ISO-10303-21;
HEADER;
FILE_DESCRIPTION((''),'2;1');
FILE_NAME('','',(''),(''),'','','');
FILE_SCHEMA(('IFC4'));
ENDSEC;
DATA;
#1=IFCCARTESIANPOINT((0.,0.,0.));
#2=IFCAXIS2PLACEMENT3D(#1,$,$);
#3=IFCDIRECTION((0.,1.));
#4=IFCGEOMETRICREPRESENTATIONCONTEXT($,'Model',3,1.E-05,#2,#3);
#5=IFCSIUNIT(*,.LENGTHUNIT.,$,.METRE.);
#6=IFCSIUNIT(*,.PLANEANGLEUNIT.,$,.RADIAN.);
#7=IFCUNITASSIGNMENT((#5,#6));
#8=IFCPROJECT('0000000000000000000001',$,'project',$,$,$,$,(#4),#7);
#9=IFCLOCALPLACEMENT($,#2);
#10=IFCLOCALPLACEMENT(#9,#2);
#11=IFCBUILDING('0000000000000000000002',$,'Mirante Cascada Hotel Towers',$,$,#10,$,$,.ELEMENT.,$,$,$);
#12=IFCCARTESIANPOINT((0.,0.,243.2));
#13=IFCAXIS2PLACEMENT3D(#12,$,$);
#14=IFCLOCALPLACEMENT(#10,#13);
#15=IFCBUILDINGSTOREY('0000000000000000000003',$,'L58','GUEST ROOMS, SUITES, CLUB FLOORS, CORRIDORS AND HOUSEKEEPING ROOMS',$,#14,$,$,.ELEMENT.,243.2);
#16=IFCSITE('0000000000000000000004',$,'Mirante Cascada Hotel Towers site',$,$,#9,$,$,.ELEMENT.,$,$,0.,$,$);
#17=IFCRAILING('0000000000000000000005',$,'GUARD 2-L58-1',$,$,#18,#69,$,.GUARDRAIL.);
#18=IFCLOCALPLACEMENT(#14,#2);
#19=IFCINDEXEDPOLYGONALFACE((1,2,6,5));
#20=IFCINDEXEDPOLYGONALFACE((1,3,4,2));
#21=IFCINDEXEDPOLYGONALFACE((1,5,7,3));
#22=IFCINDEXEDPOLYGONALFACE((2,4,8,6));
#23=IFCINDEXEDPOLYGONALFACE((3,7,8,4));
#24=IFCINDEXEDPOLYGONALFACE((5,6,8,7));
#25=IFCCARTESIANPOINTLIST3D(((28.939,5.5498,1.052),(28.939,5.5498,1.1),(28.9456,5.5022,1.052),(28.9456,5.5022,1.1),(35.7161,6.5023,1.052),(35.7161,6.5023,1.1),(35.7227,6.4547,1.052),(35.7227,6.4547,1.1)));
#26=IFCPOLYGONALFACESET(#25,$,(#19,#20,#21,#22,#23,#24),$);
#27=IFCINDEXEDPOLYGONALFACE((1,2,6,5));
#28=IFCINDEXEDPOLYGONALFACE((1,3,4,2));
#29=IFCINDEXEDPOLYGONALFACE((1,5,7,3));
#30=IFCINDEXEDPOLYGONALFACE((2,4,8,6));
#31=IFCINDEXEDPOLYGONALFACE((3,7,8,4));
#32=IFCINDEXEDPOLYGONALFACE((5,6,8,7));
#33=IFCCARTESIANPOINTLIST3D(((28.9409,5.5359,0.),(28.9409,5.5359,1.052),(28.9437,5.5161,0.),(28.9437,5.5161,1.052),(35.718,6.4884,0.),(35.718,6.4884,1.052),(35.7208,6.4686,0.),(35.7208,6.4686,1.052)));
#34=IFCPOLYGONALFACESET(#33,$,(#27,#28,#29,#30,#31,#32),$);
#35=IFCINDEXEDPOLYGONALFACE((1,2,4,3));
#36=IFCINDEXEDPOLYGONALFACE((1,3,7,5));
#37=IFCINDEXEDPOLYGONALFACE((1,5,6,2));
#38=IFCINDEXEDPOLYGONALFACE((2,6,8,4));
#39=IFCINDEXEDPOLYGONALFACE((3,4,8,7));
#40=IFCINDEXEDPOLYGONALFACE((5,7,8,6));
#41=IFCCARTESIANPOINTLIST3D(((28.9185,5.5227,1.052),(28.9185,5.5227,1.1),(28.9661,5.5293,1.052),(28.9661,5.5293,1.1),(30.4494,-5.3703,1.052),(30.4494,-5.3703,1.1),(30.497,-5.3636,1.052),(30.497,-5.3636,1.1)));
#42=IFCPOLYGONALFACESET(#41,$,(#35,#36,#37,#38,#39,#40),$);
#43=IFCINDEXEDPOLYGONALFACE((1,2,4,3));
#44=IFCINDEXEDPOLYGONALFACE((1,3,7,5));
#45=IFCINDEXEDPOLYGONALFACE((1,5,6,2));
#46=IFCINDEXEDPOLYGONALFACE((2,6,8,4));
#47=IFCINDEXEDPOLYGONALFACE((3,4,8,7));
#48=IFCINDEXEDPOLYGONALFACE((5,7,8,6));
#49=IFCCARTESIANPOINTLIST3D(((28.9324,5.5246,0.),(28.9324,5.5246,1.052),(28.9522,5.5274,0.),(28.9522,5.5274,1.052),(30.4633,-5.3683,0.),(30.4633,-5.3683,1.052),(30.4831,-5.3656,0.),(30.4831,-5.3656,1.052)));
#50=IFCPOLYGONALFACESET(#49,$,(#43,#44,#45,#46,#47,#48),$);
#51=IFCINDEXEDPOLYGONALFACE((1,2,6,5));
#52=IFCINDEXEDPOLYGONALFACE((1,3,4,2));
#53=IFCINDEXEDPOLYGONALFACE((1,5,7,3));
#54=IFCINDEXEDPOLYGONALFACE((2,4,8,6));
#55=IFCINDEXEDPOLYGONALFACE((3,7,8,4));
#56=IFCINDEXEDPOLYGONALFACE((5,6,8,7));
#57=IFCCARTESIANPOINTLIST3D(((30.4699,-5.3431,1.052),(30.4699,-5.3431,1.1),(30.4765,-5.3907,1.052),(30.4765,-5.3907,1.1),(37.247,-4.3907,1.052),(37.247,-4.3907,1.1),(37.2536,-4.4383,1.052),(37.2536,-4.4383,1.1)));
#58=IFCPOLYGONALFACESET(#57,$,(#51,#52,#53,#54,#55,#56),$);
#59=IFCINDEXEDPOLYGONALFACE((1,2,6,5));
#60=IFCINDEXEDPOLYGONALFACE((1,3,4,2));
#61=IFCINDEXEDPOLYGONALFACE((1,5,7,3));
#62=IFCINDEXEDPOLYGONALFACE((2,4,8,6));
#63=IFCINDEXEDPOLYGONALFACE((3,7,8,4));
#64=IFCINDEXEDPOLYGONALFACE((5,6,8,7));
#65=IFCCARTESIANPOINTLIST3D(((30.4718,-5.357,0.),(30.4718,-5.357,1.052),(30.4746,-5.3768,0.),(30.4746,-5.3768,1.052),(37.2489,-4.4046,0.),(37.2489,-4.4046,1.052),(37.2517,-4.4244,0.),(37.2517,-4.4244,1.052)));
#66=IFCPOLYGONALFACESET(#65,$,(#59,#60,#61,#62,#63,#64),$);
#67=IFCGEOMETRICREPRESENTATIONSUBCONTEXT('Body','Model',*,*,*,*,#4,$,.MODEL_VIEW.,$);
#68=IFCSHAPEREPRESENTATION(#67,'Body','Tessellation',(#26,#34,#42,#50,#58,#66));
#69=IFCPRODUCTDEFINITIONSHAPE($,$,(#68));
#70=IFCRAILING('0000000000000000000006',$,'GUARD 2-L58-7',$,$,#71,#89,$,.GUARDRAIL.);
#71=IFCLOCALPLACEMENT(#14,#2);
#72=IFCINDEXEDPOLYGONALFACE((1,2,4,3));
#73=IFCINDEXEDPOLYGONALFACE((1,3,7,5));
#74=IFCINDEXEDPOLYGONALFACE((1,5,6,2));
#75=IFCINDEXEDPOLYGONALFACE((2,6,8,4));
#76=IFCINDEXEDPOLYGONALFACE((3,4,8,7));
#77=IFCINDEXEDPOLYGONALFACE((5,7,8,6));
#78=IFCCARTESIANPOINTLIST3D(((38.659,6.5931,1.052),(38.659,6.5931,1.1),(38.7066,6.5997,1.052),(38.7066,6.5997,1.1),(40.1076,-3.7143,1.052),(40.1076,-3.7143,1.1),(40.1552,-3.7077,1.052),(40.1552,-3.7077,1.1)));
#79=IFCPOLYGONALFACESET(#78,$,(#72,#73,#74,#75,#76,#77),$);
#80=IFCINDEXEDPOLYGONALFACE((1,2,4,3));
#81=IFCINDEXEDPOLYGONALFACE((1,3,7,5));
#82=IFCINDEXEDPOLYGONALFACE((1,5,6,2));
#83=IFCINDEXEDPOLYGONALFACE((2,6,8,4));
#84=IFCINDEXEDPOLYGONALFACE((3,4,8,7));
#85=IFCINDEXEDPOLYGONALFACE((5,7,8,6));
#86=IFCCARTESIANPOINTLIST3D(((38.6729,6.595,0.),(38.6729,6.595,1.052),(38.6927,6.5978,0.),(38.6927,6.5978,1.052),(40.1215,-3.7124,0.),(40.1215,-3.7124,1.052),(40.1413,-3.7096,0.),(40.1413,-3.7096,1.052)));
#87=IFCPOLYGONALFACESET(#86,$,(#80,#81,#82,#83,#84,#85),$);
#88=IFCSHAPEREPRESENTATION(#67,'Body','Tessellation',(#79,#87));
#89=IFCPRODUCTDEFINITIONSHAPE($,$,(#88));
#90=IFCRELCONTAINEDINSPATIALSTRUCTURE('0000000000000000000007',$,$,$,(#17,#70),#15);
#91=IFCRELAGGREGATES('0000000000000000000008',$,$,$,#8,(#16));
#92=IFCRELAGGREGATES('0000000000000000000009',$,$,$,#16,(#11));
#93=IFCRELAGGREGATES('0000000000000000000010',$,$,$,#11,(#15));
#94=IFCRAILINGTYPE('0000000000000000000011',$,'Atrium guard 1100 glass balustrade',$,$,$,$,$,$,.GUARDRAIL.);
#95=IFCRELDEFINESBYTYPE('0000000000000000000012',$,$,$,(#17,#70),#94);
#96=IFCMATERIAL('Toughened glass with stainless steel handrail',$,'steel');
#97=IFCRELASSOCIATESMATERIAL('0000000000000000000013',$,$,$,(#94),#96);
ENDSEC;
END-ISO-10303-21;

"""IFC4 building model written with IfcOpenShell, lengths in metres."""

from ifc_helpers import new_model, si_unit, direction, frame, origin, origin_2d, place, context, subcontext, project, spatial, rectangle, extrude, material, type_object, element, save


model = new_model("IFC4")

# Units and contexts
model_context = context("Model", 3, precision=1e-05, world=origin(), true_north=direction((0.0, 1.0)))
body_context = subcontext(model_context, "Body", "Model", "MODEL_VIEW")
ifc_project = project(units=[si_unit("LENGTHUNIT", "METRE"), si_unit("PLANEANGLEUNIT", "RADIAN")], contexts=[model_context])

# Site, building, storey
site_placement = place(None, origin())
site = spatial("IfcSite", under=ifc_project, at=site_placement, Name="Mirante Cascada Hotel Towers site", CompositionType="ELEMENT", RefElevation=0.0)
building_placement = place(site_placement, origin())
building = spatial("IfcBuilding", under=site, at=building_placement, Name="Mirante Cascada Hotel Towers", CompositionType="ELEMENT")
storey_placement = place(building_placement, frame((0.0, 0.0, 243.2)))
storey = spatial("IfcBuildingStorey", under=building, at=storey_placement, Name="L58", Description="GUEST ROOMS, SUITES, CLUB FLOORS, CORRIDORS AND HOUSEKEEPING ROOMS", CompositionType="ELEMENT", Elevation=243.2)

# Railings
ifc_material_1 = material(Name="Toughened glass with stainless steel handrail", Category="steel")
railing_type = type_object("IfcRailingType", Name="Atrium guard 1100 glass balustrade", PredefinedType="GUARDRAIL", material=ifc_material_1)
railing_1_placement = place(storey_placement, frame((35.7194, 6.4785, 0.0)))
element("IfcRailing", 1, at=railing_1_placement, inside=storey, type_object=railing_type, Name="GUARD 2-L58-1", PredefinedType="GUARDRAIL", context=body_context, shape_type="SweptSolid", body=[
    extrude(rectangle(XDim=0.048, YDim=0.048, at=origin_2d()), frame((0.0, 0.0, 1.076), z_axis=(-0.990267, -0.139179, 0.0), x_axis=(0.139179, -0.990267, 0.0)), (0.0, 0.0, 1.0), 6.8437),
    extrude(rectangle(XDim=0.02, YDim=1.052, at=origin_2d()), frame((0.0, 0.0, 0.526), z_axis=(-0.990267, -0.139179, 0.0), x_axis=(0.139179, -0.990267, 0.0)), (0.0, 0.0, 1.0), 6.8437),
    extrude(rectangle(XDim=0.048, YDim=0.048, at=origin_2d()), frame((-6.7771, -0.9525, 1.076), z_axis=(0.139173, -0.990268, 0.0), x_axis=(0.990268, 0.139173, 0.0)), (0.0, 0.0, 1.0), 11.0),
    extrude(rectangle(XDim=0.02, YDim=1.052, at=origin_2d()), frame((-6.7771, -0.9525, 0.526), z_axis=(0.139173, -0.990268, 0.0), x_axis=(0.990268, 0.139173, 0.0)), (0.0, 0.0, 1.0), 11.0),
    extrude(rectangle(XDim=0.048, YDim=0.048, at=origin_2d()), frame((-5.2462, -11.8454, 1.076), z_axis=(0.990269, 0.139165, 0.0), x_axis=(-0.139165, 0.990269, 0.0)), (0.0, 0.0, 1.0), 6.8437),
    extrude(rectangle(XDim=0.02, YDim=1.052, at=origin_2d()), frame((-5.2462, -11.8454, 0.526), z_axis=(0.990269, 0.139165, 0.0), x_axis=(-0.139165, 0.990269, 0.0)), (0.0, 0.0, 1.0), 6.8437),
])
railing_2_placement = place(storey_placement, frame((38.6828, 6.5964, 0.0)))
element("IfcRailing", 2, at=railing_2_placement, inside=storey, type_object=railing_type, Name="GUARD 2-L58-7", PredefinedType="GUARDRAIL", context=body_context, shape_type="SweptSolid", body=[
    extrude(rectangle(XDim=0.048, YDim=0.048, at=origin_2d()), frame((0.0, 0.0, 1.076), z_axis=(0.139172, -0.990268, 0.0), x_axis=(0.990268, 0.139172, 0.0)), (0.0, 0.0, 1.0), 10.4087),
    extrude(rectangle(XDim=0.02, YDim=1.052, at=origin_2d()), frame((0.0, 0.0, 0.526), z_axis=(0.139172, -0.990268, 0.0), x_axis=(0.990268, 0.139172, 0.0)), (0.0, 0.0, 1.0), 10.4087),
])

save(model, "model.ifc")
